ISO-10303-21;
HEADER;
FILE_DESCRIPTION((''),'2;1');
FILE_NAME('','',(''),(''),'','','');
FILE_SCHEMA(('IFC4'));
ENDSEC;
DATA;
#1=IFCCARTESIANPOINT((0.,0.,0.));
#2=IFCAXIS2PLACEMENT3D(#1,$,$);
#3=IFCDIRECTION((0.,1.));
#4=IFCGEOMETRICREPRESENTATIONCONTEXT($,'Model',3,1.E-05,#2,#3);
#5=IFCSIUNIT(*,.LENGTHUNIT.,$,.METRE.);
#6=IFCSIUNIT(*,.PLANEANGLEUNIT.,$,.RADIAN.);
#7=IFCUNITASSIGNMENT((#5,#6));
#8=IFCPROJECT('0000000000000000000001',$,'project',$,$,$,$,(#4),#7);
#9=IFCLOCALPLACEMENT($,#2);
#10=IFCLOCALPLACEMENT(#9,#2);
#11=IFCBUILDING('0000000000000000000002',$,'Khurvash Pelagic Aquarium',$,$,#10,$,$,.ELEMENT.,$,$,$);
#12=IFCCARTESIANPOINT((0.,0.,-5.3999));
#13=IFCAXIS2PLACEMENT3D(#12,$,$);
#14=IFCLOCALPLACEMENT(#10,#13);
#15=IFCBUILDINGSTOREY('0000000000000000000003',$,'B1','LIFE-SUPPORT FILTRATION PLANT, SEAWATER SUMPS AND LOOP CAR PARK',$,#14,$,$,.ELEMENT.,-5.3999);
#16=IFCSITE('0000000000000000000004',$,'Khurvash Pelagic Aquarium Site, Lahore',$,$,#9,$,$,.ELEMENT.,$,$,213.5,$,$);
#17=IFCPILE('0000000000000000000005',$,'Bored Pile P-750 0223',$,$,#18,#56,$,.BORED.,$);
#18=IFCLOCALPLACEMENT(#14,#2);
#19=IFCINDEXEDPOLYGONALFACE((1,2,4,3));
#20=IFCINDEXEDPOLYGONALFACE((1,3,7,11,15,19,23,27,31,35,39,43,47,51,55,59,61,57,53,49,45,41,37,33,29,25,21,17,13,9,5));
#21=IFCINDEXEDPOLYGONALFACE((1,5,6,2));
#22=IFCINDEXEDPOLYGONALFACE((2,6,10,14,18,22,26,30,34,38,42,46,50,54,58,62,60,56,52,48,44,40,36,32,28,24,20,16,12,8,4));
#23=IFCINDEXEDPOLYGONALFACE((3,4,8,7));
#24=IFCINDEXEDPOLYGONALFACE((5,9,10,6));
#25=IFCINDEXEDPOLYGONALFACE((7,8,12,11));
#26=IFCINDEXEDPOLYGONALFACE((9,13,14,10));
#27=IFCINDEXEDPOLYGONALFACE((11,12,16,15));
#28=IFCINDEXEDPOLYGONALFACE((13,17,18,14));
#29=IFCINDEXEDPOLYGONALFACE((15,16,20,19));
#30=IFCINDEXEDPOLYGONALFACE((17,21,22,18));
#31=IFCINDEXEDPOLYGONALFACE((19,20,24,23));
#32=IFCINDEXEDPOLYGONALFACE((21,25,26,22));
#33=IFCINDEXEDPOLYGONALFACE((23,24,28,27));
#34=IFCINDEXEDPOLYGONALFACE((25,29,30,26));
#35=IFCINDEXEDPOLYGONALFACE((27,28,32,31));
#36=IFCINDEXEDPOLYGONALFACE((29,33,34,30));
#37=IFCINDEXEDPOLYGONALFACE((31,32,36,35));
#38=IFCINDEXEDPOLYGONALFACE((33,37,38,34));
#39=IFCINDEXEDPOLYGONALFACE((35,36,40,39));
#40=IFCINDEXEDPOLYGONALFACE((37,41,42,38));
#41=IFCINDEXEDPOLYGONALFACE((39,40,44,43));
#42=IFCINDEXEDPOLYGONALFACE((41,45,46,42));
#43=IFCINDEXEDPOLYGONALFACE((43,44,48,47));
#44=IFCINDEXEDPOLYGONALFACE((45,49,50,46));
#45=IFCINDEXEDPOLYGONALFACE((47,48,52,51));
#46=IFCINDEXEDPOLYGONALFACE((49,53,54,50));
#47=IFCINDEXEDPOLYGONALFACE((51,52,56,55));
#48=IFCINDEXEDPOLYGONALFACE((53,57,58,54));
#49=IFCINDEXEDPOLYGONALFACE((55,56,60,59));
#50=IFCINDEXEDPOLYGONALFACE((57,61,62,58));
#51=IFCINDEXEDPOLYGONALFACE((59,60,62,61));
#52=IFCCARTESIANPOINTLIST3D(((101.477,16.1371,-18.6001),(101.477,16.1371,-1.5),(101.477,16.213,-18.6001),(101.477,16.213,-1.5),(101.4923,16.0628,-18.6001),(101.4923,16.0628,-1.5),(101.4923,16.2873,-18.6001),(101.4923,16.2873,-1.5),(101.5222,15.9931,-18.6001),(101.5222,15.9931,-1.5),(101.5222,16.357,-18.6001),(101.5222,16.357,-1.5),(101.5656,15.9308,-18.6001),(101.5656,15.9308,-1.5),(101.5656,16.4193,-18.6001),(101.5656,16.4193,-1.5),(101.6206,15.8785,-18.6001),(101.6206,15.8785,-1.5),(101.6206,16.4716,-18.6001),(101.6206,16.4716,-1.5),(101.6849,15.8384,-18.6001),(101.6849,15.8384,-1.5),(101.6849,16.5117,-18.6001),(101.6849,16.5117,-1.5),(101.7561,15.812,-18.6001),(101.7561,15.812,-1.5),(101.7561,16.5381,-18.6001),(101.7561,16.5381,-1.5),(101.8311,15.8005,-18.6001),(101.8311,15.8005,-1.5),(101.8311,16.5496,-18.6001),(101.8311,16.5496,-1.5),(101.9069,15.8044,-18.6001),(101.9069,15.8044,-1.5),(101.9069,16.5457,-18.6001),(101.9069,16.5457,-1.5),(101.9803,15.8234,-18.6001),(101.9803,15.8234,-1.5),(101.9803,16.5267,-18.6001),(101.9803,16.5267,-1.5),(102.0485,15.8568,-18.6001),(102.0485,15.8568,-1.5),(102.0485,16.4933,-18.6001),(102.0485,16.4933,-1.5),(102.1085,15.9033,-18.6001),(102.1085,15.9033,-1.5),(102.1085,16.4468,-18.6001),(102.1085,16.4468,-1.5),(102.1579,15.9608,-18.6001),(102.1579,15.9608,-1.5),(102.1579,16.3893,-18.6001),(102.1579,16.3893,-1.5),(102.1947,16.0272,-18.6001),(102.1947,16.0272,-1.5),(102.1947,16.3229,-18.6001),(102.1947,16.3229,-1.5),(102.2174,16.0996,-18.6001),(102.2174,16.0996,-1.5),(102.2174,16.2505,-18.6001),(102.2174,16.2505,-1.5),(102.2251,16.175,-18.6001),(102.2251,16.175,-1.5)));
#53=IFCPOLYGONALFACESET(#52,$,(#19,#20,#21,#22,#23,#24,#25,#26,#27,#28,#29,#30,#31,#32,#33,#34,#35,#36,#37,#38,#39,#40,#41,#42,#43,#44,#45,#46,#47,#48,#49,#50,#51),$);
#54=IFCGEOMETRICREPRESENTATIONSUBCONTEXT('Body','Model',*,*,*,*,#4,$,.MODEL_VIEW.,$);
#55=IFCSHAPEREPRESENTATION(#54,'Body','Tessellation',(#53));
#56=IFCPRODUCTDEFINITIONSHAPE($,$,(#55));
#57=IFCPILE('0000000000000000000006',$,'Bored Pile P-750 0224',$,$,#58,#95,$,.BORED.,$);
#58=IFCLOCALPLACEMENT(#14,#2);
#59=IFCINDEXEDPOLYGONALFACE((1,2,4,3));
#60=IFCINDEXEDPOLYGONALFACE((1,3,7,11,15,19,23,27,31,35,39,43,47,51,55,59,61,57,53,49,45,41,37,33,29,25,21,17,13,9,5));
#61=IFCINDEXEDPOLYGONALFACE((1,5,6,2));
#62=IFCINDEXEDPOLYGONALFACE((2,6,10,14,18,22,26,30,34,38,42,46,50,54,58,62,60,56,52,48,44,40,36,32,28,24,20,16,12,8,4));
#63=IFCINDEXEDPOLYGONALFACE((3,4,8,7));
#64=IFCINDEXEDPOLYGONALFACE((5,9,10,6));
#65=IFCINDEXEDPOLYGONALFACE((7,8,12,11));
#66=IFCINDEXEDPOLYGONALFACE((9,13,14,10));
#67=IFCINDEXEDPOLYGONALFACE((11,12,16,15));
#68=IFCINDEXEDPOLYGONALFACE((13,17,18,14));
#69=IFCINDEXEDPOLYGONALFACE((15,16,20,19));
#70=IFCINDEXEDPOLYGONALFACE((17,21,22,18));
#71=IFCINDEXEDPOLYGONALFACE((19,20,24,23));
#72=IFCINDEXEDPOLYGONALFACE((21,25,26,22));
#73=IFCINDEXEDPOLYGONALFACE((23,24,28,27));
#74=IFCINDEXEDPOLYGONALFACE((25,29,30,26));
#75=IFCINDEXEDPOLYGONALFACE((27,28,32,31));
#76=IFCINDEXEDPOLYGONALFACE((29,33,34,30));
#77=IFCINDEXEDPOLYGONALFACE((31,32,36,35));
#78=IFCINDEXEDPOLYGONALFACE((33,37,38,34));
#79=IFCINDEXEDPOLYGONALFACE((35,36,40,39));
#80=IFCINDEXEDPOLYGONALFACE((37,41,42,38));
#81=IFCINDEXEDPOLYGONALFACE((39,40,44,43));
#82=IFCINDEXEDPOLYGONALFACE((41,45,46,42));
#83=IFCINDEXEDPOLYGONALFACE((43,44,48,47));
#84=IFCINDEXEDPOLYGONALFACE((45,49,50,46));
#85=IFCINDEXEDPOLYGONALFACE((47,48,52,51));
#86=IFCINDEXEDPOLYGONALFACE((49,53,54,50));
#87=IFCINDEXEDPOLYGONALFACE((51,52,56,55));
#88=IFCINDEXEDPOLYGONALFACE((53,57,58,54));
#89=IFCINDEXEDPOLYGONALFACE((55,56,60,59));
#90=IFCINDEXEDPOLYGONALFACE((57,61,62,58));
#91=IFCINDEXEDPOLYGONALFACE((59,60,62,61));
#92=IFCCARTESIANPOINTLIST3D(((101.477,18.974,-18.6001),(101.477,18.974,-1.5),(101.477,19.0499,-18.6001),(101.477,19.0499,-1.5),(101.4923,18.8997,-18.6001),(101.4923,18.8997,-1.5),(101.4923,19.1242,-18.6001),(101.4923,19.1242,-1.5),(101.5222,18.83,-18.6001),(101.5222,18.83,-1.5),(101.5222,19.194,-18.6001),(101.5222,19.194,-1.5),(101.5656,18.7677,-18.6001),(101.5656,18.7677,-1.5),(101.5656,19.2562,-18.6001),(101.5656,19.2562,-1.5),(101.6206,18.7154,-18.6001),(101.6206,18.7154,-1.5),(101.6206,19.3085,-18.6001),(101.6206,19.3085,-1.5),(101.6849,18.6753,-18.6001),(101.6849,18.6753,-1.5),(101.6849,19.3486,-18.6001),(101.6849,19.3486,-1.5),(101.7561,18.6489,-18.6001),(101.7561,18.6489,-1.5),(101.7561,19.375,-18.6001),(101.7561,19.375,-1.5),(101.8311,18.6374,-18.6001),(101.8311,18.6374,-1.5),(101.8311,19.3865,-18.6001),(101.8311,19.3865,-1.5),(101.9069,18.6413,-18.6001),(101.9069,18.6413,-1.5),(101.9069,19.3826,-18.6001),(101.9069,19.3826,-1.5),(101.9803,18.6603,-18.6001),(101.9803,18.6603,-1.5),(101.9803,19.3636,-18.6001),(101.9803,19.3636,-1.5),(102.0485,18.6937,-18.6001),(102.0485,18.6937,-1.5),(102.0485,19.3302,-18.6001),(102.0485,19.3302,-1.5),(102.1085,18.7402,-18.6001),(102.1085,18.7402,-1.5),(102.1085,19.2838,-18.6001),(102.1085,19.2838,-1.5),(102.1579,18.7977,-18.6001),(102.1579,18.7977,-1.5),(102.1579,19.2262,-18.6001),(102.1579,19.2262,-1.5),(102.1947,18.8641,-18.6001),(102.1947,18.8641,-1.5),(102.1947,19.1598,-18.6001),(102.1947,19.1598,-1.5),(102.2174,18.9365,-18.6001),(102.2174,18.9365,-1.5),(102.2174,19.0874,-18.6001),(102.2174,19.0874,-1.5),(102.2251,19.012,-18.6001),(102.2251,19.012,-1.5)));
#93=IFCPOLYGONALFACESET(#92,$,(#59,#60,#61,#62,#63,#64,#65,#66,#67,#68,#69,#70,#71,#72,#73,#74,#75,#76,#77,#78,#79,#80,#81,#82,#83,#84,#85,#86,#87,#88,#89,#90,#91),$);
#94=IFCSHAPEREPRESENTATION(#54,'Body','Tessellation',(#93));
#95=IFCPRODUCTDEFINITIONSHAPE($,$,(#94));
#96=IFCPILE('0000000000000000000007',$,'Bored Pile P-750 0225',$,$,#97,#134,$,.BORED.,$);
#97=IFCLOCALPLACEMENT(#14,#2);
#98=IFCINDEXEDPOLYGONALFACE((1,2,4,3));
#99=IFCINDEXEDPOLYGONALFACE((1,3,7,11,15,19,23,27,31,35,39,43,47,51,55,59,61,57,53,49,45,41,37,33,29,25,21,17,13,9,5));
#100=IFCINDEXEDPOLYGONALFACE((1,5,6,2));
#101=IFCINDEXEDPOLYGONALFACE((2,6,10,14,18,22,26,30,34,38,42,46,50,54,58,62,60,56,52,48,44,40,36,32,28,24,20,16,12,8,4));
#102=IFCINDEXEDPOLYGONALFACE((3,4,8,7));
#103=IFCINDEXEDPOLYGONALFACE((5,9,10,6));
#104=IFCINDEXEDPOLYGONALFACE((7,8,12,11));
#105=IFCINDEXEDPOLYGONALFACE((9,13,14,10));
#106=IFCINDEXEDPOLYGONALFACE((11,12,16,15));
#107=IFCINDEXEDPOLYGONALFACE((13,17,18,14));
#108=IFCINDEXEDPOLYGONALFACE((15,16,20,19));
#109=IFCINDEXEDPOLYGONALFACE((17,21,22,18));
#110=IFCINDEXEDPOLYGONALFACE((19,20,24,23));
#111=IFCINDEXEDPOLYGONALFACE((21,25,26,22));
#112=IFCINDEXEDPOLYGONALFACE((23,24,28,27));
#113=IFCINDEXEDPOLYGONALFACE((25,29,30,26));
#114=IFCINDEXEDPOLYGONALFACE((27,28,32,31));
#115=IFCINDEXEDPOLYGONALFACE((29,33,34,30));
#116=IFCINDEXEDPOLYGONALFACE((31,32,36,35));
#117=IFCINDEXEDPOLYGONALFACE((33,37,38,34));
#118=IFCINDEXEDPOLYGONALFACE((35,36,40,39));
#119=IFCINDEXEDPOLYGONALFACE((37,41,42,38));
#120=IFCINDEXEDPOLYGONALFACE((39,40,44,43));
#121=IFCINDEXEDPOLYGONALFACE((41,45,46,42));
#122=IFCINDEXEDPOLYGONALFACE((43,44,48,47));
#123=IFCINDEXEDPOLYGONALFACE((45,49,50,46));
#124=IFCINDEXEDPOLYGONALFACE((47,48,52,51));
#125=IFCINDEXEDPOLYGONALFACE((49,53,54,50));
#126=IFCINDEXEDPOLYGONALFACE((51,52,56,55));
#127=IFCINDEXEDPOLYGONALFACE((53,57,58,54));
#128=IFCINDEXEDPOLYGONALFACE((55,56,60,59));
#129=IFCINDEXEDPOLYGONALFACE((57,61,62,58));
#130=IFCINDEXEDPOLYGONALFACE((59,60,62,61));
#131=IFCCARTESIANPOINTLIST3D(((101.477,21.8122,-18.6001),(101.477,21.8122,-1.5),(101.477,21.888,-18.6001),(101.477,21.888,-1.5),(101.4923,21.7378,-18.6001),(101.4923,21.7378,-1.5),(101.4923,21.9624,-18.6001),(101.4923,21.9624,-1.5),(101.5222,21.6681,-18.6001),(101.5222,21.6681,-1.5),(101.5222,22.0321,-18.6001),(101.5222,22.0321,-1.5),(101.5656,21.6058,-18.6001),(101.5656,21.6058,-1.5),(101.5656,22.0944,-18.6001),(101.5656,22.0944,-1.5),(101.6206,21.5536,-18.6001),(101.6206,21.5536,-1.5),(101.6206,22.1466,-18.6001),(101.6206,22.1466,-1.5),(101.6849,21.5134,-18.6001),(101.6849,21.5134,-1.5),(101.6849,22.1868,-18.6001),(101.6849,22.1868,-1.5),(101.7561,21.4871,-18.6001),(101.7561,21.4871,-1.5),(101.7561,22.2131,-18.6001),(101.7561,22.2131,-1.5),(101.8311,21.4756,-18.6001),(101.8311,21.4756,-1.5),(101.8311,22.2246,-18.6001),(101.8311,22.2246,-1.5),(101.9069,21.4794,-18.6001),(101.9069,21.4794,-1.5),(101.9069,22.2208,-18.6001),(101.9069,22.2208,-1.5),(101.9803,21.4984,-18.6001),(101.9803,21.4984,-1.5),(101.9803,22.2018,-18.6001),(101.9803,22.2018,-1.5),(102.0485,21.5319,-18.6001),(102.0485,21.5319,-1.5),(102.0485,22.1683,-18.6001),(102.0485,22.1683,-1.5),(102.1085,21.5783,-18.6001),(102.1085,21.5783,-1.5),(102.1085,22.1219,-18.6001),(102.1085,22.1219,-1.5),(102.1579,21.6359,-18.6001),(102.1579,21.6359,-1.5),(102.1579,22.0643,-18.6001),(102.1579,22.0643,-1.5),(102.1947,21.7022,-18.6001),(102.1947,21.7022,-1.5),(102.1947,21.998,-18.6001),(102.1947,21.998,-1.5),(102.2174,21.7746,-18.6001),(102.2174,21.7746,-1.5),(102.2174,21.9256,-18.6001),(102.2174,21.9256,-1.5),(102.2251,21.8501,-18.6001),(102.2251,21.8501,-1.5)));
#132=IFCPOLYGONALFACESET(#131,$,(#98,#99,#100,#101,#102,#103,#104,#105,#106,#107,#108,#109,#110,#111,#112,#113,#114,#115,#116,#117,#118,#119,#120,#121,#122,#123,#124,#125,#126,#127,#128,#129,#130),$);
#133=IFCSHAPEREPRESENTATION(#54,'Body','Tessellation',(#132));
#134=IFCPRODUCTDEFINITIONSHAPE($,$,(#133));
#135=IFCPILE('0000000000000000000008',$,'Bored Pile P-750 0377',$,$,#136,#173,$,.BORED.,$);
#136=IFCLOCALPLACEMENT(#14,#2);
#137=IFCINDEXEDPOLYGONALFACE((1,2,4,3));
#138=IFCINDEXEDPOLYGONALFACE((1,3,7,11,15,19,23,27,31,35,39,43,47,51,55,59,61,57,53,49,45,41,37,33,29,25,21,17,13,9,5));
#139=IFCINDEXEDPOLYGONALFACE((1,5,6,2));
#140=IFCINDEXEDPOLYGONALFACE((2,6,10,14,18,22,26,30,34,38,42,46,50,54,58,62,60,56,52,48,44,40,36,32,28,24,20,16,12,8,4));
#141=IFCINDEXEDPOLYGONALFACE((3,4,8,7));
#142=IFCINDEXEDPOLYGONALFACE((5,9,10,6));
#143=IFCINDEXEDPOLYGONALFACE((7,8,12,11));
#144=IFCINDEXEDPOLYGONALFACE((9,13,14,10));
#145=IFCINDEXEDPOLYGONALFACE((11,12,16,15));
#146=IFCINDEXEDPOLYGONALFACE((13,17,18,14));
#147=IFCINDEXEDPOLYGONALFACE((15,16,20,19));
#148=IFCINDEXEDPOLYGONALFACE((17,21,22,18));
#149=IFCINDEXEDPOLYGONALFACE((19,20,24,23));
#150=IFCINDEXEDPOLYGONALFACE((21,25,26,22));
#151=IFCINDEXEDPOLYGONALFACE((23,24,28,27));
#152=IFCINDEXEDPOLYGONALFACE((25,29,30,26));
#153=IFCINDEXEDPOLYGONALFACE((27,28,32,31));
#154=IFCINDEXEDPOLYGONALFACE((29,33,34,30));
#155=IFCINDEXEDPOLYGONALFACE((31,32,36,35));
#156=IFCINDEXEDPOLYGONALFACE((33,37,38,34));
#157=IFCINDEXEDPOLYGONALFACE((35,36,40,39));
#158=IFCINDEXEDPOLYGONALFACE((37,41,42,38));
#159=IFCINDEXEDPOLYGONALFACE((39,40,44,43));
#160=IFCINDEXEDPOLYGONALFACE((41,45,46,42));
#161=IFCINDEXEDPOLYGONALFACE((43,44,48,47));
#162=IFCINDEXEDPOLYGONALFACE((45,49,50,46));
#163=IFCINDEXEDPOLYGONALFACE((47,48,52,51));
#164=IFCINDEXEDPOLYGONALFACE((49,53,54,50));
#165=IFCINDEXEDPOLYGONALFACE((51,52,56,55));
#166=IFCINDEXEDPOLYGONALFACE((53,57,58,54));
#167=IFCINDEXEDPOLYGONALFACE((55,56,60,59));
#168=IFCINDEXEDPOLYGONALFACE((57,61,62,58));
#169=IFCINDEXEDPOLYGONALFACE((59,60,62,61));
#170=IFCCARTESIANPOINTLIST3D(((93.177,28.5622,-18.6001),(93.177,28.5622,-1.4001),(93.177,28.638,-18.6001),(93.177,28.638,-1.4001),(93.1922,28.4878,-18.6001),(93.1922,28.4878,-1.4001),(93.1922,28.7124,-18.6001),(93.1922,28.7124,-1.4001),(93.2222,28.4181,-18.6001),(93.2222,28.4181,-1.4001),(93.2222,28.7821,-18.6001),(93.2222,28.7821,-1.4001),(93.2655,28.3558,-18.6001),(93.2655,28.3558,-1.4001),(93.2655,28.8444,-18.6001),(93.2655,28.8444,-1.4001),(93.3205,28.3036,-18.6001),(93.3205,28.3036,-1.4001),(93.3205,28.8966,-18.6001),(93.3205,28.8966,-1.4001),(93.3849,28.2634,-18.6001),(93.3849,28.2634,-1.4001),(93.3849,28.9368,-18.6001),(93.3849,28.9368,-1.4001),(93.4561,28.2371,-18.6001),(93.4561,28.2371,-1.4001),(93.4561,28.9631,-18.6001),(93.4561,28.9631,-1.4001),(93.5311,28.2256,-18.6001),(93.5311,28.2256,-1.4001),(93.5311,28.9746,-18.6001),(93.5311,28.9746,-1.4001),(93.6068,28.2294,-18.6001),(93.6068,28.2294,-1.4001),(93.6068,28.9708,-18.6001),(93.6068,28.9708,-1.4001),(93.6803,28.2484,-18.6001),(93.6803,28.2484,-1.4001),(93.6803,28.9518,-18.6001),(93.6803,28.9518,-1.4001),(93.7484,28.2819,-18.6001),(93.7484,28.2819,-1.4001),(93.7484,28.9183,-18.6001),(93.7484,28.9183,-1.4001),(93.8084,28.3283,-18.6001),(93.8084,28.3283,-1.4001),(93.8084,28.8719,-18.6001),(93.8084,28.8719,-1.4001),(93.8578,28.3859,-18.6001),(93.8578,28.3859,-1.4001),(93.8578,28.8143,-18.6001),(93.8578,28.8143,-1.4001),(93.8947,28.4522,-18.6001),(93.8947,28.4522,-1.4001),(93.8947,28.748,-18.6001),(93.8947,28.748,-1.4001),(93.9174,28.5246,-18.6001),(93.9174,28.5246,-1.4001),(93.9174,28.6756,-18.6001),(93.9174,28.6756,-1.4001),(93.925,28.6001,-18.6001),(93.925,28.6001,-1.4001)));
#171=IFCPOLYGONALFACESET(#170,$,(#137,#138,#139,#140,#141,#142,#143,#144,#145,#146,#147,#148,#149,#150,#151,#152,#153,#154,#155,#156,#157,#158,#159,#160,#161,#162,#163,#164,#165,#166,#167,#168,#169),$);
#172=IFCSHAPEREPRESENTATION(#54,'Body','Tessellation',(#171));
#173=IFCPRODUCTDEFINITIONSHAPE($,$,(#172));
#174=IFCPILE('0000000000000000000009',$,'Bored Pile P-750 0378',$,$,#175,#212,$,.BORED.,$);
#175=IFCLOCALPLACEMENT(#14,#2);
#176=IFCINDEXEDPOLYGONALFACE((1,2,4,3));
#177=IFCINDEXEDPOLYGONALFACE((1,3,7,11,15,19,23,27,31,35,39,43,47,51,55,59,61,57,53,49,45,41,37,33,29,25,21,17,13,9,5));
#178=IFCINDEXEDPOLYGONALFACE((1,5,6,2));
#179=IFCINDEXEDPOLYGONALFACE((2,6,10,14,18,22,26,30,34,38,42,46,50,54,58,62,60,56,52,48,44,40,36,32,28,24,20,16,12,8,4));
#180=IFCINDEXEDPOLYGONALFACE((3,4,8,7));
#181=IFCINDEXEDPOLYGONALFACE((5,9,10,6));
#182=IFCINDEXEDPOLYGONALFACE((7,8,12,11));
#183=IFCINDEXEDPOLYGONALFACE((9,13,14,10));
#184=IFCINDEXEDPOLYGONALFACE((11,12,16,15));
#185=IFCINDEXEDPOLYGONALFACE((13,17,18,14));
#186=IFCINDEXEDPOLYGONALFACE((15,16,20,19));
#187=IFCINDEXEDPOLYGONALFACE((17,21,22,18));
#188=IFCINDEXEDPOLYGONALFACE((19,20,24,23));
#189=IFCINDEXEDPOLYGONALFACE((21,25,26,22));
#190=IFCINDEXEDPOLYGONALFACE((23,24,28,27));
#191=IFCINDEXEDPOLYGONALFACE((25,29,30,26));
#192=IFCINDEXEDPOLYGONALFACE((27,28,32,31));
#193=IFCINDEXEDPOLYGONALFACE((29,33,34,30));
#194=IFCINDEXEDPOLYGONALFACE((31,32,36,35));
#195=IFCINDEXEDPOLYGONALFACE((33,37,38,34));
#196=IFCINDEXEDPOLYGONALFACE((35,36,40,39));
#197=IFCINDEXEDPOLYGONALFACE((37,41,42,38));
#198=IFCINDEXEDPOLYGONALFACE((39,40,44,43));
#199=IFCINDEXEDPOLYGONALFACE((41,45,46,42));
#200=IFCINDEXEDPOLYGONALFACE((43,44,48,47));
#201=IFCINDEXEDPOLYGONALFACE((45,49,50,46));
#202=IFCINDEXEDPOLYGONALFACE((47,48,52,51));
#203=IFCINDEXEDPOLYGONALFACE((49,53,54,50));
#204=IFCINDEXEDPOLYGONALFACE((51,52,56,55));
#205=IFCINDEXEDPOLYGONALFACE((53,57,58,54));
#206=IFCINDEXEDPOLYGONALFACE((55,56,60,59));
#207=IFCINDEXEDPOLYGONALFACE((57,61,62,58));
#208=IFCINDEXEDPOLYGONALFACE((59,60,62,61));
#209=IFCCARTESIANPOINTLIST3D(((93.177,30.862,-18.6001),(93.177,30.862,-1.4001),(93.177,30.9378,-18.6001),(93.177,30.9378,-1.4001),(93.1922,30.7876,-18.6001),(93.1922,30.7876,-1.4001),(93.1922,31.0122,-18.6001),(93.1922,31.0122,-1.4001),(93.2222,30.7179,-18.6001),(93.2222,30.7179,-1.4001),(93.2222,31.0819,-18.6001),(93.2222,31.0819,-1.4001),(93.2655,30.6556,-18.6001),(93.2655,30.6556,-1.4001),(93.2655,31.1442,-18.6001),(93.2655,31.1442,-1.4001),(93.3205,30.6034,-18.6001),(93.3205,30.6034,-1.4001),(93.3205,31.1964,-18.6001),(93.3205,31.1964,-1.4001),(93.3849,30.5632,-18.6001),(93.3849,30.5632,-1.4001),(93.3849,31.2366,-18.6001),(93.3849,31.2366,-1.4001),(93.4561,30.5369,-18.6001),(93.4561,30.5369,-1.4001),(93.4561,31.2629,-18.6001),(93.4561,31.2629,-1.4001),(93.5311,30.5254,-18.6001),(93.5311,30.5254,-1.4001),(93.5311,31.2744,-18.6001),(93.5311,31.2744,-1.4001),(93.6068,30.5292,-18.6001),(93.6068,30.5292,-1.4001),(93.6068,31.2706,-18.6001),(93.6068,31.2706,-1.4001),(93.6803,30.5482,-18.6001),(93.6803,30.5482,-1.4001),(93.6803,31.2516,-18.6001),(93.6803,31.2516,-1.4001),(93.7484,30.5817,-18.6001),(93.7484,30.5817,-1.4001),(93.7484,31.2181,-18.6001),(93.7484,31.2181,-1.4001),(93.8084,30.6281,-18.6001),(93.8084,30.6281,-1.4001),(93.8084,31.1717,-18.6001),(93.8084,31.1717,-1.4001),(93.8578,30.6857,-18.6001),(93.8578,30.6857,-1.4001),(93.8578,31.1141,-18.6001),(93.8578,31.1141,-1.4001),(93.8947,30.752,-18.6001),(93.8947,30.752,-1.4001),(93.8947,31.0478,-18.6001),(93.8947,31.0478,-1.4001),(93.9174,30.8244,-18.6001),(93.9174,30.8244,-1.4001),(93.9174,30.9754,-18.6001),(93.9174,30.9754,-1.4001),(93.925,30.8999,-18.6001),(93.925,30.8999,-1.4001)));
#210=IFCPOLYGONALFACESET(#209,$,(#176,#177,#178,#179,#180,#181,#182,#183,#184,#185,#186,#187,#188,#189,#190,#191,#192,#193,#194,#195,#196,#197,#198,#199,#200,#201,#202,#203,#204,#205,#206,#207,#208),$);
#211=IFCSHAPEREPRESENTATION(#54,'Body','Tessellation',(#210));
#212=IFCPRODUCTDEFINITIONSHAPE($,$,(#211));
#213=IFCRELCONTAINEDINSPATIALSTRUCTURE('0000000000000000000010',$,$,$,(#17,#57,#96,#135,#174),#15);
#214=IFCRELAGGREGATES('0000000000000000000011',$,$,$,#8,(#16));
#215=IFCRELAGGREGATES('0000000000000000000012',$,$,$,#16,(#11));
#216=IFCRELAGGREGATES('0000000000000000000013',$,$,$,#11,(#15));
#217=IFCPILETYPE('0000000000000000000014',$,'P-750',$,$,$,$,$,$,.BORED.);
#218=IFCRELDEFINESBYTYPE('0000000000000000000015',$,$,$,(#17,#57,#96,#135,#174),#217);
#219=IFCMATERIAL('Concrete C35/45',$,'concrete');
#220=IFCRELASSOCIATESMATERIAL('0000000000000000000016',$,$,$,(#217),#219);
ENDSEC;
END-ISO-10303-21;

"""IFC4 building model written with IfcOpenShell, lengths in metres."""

from ifc_helpers import new_model, si_unit, direction, frame, origin, origin_2d, place, context, subcontext, project, spatial, circle, extrude, material, material_profile, profile_set, type_object, element, save


model = new_model("IFC4")

# Units and contexts
model_context = context("Model", 3, precision=1e-05, world=origin(), true_north=direction((0.0, 1.0)))
body_context = subcontext(model_context, "Body", "Model", "MODEL_VIEW")
ifc_project = project(units=[si_unit("LENGTHUNIT", "METRE"), si_unit("PLANEANGLEUNIT", "RADIAN")], contexts=[model_context])

# Site, building, storey
site_placement = place(None, origin())
site = spatial("IfcSite", under=ifc_project, at=site_placement, Name="Khurvash Pelagic Aquarium Site, Lahore", CompositionType="ELEMENT", RefElevation=213.5)
building_placement = place(site_placement, origin())
building = spatial("IfcBuilding", under=site, at=building_placement, Name="Khurvash Pelagic Aquarium", CompositionType="ELEMENT")
storey_placement = place(building_placement, frame((0.0, 0.0, -5.3999)))
storey = spatial("IfcBuildingStorey", under=building, at=storey_placement, Name="B1", Description="LIFE-SUPPORT FILTRATION PLANT, SEAWATER SUMPS AND LOOP CAR PARK", CompositionType="ELEMENT", Elevation=-5.3999)

# Shared definitions
ifc_material_1 = material(Name="Concrete C35/45", Category="concrete")

# Piles
ifc_material_profile_1 = material_profile(ifc_material_1, circle(Radius=0.375, at=origin_2d()), Name="PILE750")
ifc_profile_set_1 = profile_set([ifc_material_profile_1], Name="Concrete C35/45")
pile_type = type_object("IfcPileType", Name="P-750", PredefinedType="BORED", material=ifc_profile_set_1)
for number, where, z_axis, x_axis, name in (
    (1, (101.8501, 16.175, -1.5), (0.0, 0.0, -1.0), (1.0, 0.0, 0.0), "Bored Pile P-750 0223"),
    (2, (101.8501, 19.012, -1.5), (0.0, 0.0, -1.0), (1.0, 0.0, 0.0), "Bored Pile P-750 0224"),
    (3, (101.8501, 21.8501, -1.5), (0.0, 0.0, -1.0), (1.0, 0.0, 0.0), "Bored Pile P-750 0225"),
):
    element("IfcPile", number, at=place(storey_placement, frame(where, z_axis=z_axis, x_axis=x_axis)), inside=storey, type_object=pile_type, Name=name, PredefinedType="BORED", context=body_context, shape_type="SweptSolid", body=[
        extrude(circle(Radius=0.375, at=origin_2d()), origin(), (0.0, 0.0, 1.0), 17.1001),
    ])
for number, where, z_axis, x_axis, name in (
    (4, (93.55, 28.6001, -1.4001), (0.0, 0.0, -1.0), (1.0, 0.0, 0.0), "Bored Pile P-750 0377"),
    (5, (93.55, 30.8999, -1.4001), (0.0, 0.0, -1.0), (1.0, 0.0, 0.0), "Bored Pile P-750 0378"),
):
    element("IfcPile", number, at=place(storey_placement, frame(where, z_axis=z_axis, x_axis=x_axis)), inside=storey, type_object=pile_type, Name=name, PredefinedType="BORED", context=body_context, shape_type="SweptSolid", body=[
        extrude(circle(Radius=0.375, at=origin_2d()), origin(), (0.0, 0.0, 1.0), 17.2),
    ])

save(model, "model.ifc")
